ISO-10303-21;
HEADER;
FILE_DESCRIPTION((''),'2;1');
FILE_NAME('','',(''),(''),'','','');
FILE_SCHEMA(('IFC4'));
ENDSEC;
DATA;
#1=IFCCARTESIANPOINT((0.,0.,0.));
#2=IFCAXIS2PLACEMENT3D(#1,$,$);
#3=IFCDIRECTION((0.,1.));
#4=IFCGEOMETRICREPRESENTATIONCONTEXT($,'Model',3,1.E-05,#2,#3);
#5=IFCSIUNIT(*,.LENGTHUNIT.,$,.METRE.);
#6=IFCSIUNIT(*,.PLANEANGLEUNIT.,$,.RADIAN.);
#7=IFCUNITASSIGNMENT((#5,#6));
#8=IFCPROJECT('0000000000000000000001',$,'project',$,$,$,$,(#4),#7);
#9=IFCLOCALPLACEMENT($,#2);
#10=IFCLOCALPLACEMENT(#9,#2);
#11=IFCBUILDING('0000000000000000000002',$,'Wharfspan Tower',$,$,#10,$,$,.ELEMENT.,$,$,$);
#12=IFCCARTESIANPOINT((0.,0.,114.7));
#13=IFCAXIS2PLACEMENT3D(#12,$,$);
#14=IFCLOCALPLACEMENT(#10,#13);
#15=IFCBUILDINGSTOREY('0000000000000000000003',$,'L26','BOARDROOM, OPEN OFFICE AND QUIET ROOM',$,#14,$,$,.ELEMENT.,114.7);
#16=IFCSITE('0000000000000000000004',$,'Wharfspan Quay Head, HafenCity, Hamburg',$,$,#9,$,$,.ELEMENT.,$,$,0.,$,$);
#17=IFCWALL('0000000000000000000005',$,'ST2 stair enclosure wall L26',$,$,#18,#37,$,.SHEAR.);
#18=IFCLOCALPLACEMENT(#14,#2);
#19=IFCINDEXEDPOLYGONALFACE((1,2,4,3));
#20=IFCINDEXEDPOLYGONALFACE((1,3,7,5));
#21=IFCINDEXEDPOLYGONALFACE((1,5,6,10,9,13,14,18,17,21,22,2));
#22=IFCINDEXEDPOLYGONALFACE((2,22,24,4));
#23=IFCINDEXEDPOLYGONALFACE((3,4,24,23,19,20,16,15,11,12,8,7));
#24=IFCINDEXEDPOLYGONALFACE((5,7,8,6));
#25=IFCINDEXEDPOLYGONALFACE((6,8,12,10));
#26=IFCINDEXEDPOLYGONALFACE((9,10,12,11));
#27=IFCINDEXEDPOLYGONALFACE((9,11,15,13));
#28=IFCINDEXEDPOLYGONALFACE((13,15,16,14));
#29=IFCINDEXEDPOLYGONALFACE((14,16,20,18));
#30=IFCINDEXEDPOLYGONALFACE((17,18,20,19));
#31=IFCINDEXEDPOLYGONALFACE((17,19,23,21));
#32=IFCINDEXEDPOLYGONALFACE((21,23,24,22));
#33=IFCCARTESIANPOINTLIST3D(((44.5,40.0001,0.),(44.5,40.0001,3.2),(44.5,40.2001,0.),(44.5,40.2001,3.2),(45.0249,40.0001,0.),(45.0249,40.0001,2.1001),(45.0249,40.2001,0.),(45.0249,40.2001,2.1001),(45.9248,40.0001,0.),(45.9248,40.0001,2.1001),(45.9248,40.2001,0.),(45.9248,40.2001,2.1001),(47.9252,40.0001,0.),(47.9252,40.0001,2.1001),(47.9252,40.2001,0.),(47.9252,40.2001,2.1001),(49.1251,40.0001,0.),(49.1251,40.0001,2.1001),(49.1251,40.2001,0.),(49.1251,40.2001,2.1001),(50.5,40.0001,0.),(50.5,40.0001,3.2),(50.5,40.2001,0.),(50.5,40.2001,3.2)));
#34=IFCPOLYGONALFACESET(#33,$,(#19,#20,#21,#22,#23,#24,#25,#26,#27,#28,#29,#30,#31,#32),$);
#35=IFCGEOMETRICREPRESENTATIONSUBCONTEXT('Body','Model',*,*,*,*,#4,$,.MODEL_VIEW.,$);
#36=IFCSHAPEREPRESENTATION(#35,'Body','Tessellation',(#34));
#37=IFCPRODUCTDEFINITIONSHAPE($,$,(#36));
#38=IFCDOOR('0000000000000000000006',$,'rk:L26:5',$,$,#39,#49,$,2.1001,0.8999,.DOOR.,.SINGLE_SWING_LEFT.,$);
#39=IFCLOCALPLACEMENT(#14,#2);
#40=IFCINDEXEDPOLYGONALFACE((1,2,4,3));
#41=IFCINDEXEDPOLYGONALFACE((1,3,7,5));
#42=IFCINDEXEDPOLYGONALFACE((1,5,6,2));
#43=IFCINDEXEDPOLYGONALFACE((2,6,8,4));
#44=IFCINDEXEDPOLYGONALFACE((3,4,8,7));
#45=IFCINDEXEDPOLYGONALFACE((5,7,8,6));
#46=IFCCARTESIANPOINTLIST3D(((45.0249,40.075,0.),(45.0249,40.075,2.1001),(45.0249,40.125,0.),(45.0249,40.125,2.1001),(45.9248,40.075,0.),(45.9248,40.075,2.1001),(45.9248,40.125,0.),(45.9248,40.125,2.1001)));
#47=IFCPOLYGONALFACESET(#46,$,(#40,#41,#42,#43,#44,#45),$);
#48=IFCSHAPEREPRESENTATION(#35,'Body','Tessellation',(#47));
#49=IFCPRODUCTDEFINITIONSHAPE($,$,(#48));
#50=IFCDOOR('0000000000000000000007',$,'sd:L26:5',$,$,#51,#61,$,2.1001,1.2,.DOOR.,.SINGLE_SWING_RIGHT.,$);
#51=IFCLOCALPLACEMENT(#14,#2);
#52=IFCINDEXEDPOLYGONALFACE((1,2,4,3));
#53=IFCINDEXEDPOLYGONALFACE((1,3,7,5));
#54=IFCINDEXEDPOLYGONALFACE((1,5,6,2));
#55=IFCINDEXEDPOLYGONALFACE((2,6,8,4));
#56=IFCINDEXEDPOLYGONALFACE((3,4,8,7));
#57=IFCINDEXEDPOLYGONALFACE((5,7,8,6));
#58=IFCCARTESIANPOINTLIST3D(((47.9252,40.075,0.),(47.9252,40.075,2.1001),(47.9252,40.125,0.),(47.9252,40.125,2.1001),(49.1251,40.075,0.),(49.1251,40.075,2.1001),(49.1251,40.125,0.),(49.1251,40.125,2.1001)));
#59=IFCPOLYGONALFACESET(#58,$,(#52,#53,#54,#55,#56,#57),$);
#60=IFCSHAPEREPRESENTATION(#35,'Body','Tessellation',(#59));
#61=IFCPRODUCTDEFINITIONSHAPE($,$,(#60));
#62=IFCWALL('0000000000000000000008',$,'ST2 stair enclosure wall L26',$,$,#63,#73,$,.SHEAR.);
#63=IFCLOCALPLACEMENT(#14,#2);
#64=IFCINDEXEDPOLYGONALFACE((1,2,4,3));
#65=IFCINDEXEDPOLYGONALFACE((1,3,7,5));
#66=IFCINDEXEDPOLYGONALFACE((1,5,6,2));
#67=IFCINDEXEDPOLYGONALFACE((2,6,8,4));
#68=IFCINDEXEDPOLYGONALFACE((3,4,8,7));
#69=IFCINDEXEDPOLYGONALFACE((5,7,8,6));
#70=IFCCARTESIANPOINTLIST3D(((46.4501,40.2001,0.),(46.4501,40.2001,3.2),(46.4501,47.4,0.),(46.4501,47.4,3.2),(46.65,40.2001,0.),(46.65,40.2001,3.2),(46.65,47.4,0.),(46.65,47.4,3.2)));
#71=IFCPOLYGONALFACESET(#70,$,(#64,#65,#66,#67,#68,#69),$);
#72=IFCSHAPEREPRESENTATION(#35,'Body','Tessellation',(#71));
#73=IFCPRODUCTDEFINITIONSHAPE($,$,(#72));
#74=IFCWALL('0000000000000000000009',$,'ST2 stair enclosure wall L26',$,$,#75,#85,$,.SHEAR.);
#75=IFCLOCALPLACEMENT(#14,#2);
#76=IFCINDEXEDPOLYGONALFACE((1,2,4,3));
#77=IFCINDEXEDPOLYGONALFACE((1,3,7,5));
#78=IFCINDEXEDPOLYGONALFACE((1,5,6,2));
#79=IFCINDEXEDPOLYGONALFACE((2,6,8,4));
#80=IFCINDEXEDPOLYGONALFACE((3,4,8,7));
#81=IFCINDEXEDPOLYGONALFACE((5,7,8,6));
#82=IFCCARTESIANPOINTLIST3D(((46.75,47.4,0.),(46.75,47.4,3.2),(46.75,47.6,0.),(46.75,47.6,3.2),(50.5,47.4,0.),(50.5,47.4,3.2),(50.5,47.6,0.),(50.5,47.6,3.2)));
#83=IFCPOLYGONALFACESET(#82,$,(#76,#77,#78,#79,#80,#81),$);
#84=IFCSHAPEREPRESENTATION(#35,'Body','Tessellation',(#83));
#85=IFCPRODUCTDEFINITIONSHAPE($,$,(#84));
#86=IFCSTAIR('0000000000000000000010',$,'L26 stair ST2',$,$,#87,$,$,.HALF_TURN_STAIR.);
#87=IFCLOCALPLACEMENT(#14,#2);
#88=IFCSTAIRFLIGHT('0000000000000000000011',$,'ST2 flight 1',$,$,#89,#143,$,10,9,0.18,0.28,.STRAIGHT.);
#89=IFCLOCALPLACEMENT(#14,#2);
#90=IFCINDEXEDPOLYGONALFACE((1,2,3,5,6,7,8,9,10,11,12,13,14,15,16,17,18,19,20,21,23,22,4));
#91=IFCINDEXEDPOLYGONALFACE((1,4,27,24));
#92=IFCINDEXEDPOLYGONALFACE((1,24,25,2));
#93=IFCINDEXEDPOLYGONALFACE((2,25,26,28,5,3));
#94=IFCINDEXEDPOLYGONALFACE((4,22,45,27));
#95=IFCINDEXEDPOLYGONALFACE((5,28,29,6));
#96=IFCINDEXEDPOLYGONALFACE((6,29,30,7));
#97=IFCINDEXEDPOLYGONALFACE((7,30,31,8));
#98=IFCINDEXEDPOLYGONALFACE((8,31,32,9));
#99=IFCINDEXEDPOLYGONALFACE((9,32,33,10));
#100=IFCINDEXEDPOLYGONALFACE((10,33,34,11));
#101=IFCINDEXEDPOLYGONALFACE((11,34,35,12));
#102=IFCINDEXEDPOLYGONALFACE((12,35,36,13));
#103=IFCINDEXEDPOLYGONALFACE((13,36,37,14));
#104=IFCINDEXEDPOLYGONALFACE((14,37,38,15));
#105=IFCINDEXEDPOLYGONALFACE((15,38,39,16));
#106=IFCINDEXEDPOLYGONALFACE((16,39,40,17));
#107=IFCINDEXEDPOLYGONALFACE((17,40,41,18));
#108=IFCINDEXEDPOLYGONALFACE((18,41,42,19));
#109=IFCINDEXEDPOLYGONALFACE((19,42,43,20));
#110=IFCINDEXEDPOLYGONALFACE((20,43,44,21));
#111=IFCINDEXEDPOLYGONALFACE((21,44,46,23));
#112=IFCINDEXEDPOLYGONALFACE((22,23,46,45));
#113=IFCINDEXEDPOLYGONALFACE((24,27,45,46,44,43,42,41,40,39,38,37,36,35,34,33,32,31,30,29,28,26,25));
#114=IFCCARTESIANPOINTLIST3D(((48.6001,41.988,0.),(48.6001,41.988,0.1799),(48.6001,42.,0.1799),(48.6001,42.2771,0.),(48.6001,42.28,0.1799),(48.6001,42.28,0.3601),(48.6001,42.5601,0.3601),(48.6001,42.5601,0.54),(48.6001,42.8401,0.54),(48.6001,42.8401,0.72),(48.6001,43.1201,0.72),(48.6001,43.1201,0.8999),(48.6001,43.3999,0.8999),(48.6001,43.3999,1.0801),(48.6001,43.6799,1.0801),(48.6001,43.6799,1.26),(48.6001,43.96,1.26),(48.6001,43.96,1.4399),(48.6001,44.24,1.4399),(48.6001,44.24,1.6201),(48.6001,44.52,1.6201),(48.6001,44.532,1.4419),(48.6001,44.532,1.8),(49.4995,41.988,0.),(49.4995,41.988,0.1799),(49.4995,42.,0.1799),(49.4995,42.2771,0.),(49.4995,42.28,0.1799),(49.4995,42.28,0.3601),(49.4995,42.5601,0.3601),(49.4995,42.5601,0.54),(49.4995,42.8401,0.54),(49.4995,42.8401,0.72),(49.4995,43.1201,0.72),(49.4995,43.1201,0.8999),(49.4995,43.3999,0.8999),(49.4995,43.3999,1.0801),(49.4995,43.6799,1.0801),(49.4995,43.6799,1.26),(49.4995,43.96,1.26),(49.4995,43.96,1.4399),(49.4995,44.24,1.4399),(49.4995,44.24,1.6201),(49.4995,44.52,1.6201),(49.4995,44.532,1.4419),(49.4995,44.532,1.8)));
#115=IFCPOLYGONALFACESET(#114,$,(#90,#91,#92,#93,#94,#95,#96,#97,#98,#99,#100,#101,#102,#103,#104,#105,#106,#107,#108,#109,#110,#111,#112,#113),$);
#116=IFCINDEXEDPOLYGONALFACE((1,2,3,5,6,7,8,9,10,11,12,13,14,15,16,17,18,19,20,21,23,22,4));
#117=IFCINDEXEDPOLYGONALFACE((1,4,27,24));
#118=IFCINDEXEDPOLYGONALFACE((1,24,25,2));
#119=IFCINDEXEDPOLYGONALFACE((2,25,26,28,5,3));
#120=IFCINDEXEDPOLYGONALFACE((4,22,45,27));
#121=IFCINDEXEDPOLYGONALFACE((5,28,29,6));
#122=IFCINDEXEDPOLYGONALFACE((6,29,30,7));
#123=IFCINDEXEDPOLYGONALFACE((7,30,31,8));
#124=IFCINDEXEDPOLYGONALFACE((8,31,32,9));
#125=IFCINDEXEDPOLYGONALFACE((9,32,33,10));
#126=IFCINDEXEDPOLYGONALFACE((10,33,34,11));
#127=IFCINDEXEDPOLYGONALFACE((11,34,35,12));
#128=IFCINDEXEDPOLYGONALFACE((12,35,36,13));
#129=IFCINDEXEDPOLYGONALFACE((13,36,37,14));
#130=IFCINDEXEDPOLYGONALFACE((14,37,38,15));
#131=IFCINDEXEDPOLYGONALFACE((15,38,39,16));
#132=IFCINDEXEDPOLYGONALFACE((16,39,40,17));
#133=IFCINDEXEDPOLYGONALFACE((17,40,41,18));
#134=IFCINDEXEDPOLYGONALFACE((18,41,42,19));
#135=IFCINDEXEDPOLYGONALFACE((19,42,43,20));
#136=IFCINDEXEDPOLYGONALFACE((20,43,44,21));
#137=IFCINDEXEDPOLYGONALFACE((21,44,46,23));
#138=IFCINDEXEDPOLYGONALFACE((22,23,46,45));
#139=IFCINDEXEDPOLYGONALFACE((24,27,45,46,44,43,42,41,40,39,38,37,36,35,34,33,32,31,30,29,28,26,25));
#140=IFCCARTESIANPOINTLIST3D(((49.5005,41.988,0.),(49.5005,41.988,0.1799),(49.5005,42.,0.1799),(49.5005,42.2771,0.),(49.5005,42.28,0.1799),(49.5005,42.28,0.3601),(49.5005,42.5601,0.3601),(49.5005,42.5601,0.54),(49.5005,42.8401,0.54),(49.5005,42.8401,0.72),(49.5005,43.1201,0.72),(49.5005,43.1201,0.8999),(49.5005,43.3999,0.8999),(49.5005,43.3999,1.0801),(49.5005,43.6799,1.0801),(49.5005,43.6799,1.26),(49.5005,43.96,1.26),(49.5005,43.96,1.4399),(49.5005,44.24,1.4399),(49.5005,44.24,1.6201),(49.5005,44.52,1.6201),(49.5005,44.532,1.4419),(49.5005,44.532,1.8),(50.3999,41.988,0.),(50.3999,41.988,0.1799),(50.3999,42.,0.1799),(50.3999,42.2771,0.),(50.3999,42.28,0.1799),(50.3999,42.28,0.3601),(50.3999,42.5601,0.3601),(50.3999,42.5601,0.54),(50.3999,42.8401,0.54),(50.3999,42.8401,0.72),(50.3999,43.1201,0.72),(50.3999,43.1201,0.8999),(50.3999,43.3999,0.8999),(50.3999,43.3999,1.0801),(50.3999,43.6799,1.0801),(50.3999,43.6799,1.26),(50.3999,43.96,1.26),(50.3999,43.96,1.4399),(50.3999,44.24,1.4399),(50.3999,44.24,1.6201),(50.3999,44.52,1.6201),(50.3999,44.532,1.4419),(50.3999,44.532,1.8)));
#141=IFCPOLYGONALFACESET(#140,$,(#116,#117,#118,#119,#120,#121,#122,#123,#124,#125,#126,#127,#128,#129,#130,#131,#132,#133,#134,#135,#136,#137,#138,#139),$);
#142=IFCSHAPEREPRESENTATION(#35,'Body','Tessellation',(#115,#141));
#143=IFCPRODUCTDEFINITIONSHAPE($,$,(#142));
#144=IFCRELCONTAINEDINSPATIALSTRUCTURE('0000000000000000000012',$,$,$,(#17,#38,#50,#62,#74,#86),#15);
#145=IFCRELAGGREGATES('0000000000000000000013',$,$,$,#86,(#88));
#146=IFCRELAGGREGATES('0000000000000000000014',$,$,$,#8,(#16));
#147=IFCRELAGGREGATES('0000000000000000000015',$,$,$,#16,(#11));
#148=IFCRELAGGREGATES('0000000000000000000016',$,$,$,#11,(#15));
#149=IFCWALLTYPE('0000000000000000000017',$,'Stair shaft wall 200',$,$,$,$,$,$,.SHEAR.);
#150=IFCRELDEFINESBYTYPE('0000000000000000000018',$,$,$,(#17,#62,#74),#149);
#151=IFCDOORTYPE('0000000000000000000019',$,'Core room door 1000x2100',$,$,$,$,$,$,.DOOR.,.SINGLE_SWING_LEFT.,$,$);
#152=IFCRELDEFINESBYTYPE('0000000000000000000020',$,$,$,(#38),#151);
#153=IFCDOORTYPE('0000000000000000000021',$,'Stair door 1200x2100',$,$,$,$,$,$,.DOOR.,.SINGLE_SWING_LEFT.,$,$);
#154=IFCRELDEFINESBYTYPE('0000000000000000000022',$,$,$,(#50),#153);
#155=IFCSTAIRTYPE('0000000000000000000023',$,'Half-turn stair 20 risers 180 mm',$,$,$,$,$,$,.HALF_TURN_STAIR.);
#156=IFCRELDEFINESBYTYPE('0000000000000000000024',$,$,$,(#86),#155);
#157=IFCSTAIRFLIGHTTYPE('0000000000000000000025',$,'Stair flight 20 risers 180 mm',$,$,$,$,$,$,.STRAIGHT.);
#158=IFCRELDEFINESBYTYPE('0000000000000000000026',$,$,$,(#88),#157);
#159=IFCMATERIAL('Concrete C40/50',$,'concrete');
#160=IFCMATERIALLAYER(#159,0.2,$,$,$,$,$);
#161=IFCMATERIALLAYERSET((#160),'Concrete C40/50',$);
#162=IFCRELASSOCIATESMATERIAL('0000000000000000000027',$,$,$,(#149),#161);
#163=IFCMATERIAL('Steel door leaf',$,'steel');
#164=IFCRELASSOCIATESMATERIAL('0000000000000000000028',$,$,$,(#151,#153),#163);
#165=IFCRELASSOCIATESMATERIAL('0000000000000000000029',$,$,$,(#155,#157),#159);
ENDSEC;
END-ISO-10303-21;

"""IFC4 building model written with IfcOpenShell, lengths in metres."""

from ifc_helpers import new_model, si_unit, direction, frame, frame_2d, origin, place, context, subcontext, project, spatial, polyline, rectangle, outline, extrude, material, layer, layer_set, type_object, element, fill, aggregate, save


model = new_model("IFC4")

# Units and contexts
model_context = context("Model", 3, precision=1e-05, world=origin(), true_north=direction((0.0, 1.0)))
body_context = subcontext(model_context, "Body", "Model", "MODEL_VIEW")
ifc_project = project(units=[si_unit("LENGTHUNIT", "METRE"), si_unit("PLANEANGLEUNIT", "RADIAN")], contexts=[model_context])

# Site, building, storey
site_placement = place(None, origin())
site = spatial("IfcSite", under=ifc_project, at=site_placement, Name="Wharfspan Quay Head, HafenCity, Hamburg", CompositionType="ELEMENT", RefElevation=0.0)
building_placement = place(site_placement, origin())
building = spatial("IfcBuilding", under=site, at=building_placement, Name="Wharfspan Tower", CompositionType="ELEMENT")
storey_placement = place(building_placement, frame((0.0, 0.0, 114.7)))
storey = spatial("IfcBuildingStorey", under=building, at=storey_placement, Name="L26", Description="BOARDROOM, OPEN OFFICE AND QUIET ROOM", CompositionType="ELEMENT", Elevation=114.7)

# Shared definitions
ifc_material_1 = material(Name="Steel door leaf", Category="steel")

# Wall, openings, doors
ifc_material_2 = material(Name="Concrete C40/50", Category="concrete")
ifc_layer_1 = layer(ifc_material_2, 0.2)
ifc_layer_set_1 = layer_set([ifc_layer_1], Name="Concrete C40/50")
wall_type_1 = type_object("IfcWallType", Name="Stair shaft wall 200", PredefinedType="SHEAR", material=ifc_layer_set_1)
wall_1_placement = place(storey_placement, frame((44.5, 40.1001, 0.0), z_axis=(0.0, 0.0, 1.0), x_axis=(1.0, 0.0, 0.0)))
wall_1 = element("IfcWall", 1, at=wall_1_placement, inside=storey, type_object=wall_type_1, Name="ST2 stair enclosure wall L26", PredefinedType="SHEAR", context=body_context, shape_type="SweptSolid", body=[
    extrude(rectangle(XDim=6.0, YDim=0.2, at=frame_2d((3.0, 0.0))), origin(), (0.0, 0.0, 1.0), 3.2),
])
opening_1_placement = place(wall_1_placement, frame((3.425, 0.0, 0.0)))
opening_1 = element("IfcOpeningElement", 2, at=opening_1_placement, cuts=wall_1, PredefinedType="OPENING", context=body_context, shape_type="SweptSolid", body=[
    extrude(rectangle(XDim=1.2, YDim=2.1001, at=frame_2d((0.6001, 1.05))), frame((0.0, 0.1099, 0.0), z_axis=(0.0, -1.0, 0.0), x_axis=(1.0, 0.0, 0.0)), (0.0, 0.0, 1.0), 0.22),
])
opening_2_placement = place(wall_1_placement, frame((0.5249, 0.0, 0.0)))
opening_2 = element("IfcOpeningElement", 3, at=opening_2_placement, cuts=wall_1, PredefinedType="OPENING", context=body_context, shape_type="SweptSolid", body=[
    extrude(rectangle(XDim=0.8999, YDim=2.1001, at=frame_2d((0.45, 1.05))), frame((0.0, 0.1099, 0.0), z_axis=(0.0, -1.0, 0.0), x_axis=(1.0, 0.0, 0.0)), (0.0, 0.0, 1.0), 0.22),
])
door_type_1 = type_object("IfcDoorType", Name="Core room door 1000x2100", OperationType="SINGLE_SWING_LEFT", PredefinedType="DOOR", material=ifc_material_1)
door_1_placement = place(opening_2_placement, origin())
door_1 = element("IfcDoor", 4, at=door_1_placement, inside=storey, type_object=door_type_1, Name="rk:L26:5", OperationType="SINGLE_SWING_LEFT", OverallHeight=2.1001, OverallWidth=0.8999, PredefinedType="DOOR", context=body_context, shape_type="SweptSolid", body=[
    extrude(rectangle(XDim=0.8999, YDim=2.1001, at=frame_2d((0.45, 1.05))), frame((0.0, 0.0249, 0.0), z_axis=(0.0, -1.0, 0.0), x_axis=(1.0, 0.0, 0.0)), (0.0, 0.0, 1.0), 0.05),
])
fill(opening_2, door_1)
door_type_2 = type_object("IfcDoorType", Name="Stair door 1200x2100", OperationType="SINGLE_SWING_LEFT", PredefinedType="DOOR", material=ifc_material_1)
door_2_placement = place(opening_1_placement, origin())
door_2 = element("IfcDoor", 5, at=door_2_placement, inside=storey, type_object=door_type_2, Name="sd:L26:5", OperationType="SINGLE_SWING_RIGHT", OverallHeight=2.1001, OverallWidth=1.2, PredefinedType="DOOR", context=body_context, shape_type="SweptSolid", body=[
    extrude(rectangle(XDim=1.2, YDim=2.1001, at=frame_2d((0.6001, 1.05))), frame((0.0, 0.0249, 0.0), z_axis=(0.0, -1.0, 0.0), x_axis=(1.0, 0.0, 0.0)), (0.0, 0.0, 1.0), 0.05),
])
fill(opening_1, door_2)

# Walls
wall_2_placement = place(storey_placement, frame((46.55, 40.2, 0.0), z_axis=(0.0, 0.0, 1.0), x_axis=(0.0, 1.0, 0.0)))
element("IfcWall", 6, at=wall_2_placement, inside=storey, type_object=wall_type_1, Name="ST2 stair enclosure wall L26", PredefinedType="SHEAR", context=body_context, shape_type="SweptSolid", body=[
    extrude(rectangle(XDim=7.2, YDim=0.2, at=frame_2d((3.6001, 0.0))), origin(), (0.0, 0.0, 1.0), 3.2),
])
wall_3_placement = place(storey_placement, frame((46.75, 47.5, 0.0), z_axis=(0.0, 0.0, 1.0), x_axis=(1.0, 0.0, 0.0)))
element("IfcWall", 7, at=wall_3_placement, inside=storey, type_object=wall_type_1, Name="ST2 stair enclosure wall L26", PredefinedType="SHEAR", context=body_context, shape_type="SweptSolid", body=[
    extrude(rectangle(XDim=3.75, YDim=0.2, at=frame_2d((1.875, 0.0))), origin(), (0.0, 0.0, 1.0), 3.2),
])

# Stair, stair flight
stair_type = type_object("IfcStairType", Name="Half-turn stair 20 risers 180 mm", PredefinedType="HALF_TURN_STAIR", material=ifc_material_2)
stair_placement = place(storey_placement, origin())
stair = element("IfcStair", 8, at=stair_placement, inside=storey, type_object=stair_type, Name="L26 stair ST2", PredefinedType="HALF_TURN_STAIR")
stair_flight_type = type_object("IfcStairFlightType", Name="Stair flight 20 risers 180 mm", PredefinedType="STRAIGHT", material=ifc_material_2)
stair_flight_1_placement = place(storey_placement, frame((49.5, 42.0, 0.0), z_axis=(0.0, 0.0, 1.0), x_axis=(0.0, 1.0, 0.0)))
stair_flight_1 = element("IfcStairFlight", 9, at=stair_flight_1_placement, type_object=stair_flight_type, Name="ST2 flight 1", NumberOfRisers=10, NumberOfTreads=9, PredefinedType="STRAIGHT", RiserHeight=0.18, TreadLength=0.28, context=body_context, shape_type="SweptSolid", body=[
    extrude(outline(polyline([(-0.012, 0.0), (-0.012, 0.1799), (0.0, 0.1799), (0.28, 0.1799), (0.28, 0.3601), (0.5601, 0.3601), (0.5601, 0.54), (0.8401, 0.54), (0.8401, 0.72), (1.1201, 0.72), (1.1201, 0.8999), (1.3999, 0.8999), (1.3999, 1.0801), (1.6799, 1.0801), (1.6799, 1.26), (1.96, 1.26), (1.96, 1.4399), (2.24, 1.4399), (2.24, 1.6201), (2.52, 1.6201), (2.532, 1.8), (2.532, 1.4419), (0.2771, 0.0), (-0.012, 0.0)])), frame((0.0, 0.8999, 0.0), z_axis=(0.0, -1.0, 0.0), x_axis=(1.0, 0.0, 0.0)), (0.0, 0.0, 1.0), 0.8994),
    extrude(outline(polyline([(-0.012, 0.0), (-0.012, 0.1799), (0.0, 0.1799), (0.28, 0.1799), (0.28, 0.3601), (0.5601, 0.3601), (0.5601, 0.54), (0.8401, 0.54), (0.8401, 0.72), (1.1201, 0.72), (1.1201, 0.8999), (1.3999, 0.8999), (1.3999, 1.0801), (1.6799, 1.0801), (1.6799, 1.26), (1.96, 1.26), (1.96, 1.4399), (2.24, 1.4399), (2.24, 1.6201), (2.52, 1.6201), (2.532, 1.8), (2.532, 1.4419), (0.2771, 0.0), (-0.012, 0.0)])), frame((0.0, -0.0005, 0.0), z_axis=(0.0, -1.0, 0.0), x_axis=(1.0, 0.0, 0.0)), (0.0, 0.0, 1.0), 0.8994),
])
aggregate(stair, [stair_flight_1])

save(model, "model.ifc")
